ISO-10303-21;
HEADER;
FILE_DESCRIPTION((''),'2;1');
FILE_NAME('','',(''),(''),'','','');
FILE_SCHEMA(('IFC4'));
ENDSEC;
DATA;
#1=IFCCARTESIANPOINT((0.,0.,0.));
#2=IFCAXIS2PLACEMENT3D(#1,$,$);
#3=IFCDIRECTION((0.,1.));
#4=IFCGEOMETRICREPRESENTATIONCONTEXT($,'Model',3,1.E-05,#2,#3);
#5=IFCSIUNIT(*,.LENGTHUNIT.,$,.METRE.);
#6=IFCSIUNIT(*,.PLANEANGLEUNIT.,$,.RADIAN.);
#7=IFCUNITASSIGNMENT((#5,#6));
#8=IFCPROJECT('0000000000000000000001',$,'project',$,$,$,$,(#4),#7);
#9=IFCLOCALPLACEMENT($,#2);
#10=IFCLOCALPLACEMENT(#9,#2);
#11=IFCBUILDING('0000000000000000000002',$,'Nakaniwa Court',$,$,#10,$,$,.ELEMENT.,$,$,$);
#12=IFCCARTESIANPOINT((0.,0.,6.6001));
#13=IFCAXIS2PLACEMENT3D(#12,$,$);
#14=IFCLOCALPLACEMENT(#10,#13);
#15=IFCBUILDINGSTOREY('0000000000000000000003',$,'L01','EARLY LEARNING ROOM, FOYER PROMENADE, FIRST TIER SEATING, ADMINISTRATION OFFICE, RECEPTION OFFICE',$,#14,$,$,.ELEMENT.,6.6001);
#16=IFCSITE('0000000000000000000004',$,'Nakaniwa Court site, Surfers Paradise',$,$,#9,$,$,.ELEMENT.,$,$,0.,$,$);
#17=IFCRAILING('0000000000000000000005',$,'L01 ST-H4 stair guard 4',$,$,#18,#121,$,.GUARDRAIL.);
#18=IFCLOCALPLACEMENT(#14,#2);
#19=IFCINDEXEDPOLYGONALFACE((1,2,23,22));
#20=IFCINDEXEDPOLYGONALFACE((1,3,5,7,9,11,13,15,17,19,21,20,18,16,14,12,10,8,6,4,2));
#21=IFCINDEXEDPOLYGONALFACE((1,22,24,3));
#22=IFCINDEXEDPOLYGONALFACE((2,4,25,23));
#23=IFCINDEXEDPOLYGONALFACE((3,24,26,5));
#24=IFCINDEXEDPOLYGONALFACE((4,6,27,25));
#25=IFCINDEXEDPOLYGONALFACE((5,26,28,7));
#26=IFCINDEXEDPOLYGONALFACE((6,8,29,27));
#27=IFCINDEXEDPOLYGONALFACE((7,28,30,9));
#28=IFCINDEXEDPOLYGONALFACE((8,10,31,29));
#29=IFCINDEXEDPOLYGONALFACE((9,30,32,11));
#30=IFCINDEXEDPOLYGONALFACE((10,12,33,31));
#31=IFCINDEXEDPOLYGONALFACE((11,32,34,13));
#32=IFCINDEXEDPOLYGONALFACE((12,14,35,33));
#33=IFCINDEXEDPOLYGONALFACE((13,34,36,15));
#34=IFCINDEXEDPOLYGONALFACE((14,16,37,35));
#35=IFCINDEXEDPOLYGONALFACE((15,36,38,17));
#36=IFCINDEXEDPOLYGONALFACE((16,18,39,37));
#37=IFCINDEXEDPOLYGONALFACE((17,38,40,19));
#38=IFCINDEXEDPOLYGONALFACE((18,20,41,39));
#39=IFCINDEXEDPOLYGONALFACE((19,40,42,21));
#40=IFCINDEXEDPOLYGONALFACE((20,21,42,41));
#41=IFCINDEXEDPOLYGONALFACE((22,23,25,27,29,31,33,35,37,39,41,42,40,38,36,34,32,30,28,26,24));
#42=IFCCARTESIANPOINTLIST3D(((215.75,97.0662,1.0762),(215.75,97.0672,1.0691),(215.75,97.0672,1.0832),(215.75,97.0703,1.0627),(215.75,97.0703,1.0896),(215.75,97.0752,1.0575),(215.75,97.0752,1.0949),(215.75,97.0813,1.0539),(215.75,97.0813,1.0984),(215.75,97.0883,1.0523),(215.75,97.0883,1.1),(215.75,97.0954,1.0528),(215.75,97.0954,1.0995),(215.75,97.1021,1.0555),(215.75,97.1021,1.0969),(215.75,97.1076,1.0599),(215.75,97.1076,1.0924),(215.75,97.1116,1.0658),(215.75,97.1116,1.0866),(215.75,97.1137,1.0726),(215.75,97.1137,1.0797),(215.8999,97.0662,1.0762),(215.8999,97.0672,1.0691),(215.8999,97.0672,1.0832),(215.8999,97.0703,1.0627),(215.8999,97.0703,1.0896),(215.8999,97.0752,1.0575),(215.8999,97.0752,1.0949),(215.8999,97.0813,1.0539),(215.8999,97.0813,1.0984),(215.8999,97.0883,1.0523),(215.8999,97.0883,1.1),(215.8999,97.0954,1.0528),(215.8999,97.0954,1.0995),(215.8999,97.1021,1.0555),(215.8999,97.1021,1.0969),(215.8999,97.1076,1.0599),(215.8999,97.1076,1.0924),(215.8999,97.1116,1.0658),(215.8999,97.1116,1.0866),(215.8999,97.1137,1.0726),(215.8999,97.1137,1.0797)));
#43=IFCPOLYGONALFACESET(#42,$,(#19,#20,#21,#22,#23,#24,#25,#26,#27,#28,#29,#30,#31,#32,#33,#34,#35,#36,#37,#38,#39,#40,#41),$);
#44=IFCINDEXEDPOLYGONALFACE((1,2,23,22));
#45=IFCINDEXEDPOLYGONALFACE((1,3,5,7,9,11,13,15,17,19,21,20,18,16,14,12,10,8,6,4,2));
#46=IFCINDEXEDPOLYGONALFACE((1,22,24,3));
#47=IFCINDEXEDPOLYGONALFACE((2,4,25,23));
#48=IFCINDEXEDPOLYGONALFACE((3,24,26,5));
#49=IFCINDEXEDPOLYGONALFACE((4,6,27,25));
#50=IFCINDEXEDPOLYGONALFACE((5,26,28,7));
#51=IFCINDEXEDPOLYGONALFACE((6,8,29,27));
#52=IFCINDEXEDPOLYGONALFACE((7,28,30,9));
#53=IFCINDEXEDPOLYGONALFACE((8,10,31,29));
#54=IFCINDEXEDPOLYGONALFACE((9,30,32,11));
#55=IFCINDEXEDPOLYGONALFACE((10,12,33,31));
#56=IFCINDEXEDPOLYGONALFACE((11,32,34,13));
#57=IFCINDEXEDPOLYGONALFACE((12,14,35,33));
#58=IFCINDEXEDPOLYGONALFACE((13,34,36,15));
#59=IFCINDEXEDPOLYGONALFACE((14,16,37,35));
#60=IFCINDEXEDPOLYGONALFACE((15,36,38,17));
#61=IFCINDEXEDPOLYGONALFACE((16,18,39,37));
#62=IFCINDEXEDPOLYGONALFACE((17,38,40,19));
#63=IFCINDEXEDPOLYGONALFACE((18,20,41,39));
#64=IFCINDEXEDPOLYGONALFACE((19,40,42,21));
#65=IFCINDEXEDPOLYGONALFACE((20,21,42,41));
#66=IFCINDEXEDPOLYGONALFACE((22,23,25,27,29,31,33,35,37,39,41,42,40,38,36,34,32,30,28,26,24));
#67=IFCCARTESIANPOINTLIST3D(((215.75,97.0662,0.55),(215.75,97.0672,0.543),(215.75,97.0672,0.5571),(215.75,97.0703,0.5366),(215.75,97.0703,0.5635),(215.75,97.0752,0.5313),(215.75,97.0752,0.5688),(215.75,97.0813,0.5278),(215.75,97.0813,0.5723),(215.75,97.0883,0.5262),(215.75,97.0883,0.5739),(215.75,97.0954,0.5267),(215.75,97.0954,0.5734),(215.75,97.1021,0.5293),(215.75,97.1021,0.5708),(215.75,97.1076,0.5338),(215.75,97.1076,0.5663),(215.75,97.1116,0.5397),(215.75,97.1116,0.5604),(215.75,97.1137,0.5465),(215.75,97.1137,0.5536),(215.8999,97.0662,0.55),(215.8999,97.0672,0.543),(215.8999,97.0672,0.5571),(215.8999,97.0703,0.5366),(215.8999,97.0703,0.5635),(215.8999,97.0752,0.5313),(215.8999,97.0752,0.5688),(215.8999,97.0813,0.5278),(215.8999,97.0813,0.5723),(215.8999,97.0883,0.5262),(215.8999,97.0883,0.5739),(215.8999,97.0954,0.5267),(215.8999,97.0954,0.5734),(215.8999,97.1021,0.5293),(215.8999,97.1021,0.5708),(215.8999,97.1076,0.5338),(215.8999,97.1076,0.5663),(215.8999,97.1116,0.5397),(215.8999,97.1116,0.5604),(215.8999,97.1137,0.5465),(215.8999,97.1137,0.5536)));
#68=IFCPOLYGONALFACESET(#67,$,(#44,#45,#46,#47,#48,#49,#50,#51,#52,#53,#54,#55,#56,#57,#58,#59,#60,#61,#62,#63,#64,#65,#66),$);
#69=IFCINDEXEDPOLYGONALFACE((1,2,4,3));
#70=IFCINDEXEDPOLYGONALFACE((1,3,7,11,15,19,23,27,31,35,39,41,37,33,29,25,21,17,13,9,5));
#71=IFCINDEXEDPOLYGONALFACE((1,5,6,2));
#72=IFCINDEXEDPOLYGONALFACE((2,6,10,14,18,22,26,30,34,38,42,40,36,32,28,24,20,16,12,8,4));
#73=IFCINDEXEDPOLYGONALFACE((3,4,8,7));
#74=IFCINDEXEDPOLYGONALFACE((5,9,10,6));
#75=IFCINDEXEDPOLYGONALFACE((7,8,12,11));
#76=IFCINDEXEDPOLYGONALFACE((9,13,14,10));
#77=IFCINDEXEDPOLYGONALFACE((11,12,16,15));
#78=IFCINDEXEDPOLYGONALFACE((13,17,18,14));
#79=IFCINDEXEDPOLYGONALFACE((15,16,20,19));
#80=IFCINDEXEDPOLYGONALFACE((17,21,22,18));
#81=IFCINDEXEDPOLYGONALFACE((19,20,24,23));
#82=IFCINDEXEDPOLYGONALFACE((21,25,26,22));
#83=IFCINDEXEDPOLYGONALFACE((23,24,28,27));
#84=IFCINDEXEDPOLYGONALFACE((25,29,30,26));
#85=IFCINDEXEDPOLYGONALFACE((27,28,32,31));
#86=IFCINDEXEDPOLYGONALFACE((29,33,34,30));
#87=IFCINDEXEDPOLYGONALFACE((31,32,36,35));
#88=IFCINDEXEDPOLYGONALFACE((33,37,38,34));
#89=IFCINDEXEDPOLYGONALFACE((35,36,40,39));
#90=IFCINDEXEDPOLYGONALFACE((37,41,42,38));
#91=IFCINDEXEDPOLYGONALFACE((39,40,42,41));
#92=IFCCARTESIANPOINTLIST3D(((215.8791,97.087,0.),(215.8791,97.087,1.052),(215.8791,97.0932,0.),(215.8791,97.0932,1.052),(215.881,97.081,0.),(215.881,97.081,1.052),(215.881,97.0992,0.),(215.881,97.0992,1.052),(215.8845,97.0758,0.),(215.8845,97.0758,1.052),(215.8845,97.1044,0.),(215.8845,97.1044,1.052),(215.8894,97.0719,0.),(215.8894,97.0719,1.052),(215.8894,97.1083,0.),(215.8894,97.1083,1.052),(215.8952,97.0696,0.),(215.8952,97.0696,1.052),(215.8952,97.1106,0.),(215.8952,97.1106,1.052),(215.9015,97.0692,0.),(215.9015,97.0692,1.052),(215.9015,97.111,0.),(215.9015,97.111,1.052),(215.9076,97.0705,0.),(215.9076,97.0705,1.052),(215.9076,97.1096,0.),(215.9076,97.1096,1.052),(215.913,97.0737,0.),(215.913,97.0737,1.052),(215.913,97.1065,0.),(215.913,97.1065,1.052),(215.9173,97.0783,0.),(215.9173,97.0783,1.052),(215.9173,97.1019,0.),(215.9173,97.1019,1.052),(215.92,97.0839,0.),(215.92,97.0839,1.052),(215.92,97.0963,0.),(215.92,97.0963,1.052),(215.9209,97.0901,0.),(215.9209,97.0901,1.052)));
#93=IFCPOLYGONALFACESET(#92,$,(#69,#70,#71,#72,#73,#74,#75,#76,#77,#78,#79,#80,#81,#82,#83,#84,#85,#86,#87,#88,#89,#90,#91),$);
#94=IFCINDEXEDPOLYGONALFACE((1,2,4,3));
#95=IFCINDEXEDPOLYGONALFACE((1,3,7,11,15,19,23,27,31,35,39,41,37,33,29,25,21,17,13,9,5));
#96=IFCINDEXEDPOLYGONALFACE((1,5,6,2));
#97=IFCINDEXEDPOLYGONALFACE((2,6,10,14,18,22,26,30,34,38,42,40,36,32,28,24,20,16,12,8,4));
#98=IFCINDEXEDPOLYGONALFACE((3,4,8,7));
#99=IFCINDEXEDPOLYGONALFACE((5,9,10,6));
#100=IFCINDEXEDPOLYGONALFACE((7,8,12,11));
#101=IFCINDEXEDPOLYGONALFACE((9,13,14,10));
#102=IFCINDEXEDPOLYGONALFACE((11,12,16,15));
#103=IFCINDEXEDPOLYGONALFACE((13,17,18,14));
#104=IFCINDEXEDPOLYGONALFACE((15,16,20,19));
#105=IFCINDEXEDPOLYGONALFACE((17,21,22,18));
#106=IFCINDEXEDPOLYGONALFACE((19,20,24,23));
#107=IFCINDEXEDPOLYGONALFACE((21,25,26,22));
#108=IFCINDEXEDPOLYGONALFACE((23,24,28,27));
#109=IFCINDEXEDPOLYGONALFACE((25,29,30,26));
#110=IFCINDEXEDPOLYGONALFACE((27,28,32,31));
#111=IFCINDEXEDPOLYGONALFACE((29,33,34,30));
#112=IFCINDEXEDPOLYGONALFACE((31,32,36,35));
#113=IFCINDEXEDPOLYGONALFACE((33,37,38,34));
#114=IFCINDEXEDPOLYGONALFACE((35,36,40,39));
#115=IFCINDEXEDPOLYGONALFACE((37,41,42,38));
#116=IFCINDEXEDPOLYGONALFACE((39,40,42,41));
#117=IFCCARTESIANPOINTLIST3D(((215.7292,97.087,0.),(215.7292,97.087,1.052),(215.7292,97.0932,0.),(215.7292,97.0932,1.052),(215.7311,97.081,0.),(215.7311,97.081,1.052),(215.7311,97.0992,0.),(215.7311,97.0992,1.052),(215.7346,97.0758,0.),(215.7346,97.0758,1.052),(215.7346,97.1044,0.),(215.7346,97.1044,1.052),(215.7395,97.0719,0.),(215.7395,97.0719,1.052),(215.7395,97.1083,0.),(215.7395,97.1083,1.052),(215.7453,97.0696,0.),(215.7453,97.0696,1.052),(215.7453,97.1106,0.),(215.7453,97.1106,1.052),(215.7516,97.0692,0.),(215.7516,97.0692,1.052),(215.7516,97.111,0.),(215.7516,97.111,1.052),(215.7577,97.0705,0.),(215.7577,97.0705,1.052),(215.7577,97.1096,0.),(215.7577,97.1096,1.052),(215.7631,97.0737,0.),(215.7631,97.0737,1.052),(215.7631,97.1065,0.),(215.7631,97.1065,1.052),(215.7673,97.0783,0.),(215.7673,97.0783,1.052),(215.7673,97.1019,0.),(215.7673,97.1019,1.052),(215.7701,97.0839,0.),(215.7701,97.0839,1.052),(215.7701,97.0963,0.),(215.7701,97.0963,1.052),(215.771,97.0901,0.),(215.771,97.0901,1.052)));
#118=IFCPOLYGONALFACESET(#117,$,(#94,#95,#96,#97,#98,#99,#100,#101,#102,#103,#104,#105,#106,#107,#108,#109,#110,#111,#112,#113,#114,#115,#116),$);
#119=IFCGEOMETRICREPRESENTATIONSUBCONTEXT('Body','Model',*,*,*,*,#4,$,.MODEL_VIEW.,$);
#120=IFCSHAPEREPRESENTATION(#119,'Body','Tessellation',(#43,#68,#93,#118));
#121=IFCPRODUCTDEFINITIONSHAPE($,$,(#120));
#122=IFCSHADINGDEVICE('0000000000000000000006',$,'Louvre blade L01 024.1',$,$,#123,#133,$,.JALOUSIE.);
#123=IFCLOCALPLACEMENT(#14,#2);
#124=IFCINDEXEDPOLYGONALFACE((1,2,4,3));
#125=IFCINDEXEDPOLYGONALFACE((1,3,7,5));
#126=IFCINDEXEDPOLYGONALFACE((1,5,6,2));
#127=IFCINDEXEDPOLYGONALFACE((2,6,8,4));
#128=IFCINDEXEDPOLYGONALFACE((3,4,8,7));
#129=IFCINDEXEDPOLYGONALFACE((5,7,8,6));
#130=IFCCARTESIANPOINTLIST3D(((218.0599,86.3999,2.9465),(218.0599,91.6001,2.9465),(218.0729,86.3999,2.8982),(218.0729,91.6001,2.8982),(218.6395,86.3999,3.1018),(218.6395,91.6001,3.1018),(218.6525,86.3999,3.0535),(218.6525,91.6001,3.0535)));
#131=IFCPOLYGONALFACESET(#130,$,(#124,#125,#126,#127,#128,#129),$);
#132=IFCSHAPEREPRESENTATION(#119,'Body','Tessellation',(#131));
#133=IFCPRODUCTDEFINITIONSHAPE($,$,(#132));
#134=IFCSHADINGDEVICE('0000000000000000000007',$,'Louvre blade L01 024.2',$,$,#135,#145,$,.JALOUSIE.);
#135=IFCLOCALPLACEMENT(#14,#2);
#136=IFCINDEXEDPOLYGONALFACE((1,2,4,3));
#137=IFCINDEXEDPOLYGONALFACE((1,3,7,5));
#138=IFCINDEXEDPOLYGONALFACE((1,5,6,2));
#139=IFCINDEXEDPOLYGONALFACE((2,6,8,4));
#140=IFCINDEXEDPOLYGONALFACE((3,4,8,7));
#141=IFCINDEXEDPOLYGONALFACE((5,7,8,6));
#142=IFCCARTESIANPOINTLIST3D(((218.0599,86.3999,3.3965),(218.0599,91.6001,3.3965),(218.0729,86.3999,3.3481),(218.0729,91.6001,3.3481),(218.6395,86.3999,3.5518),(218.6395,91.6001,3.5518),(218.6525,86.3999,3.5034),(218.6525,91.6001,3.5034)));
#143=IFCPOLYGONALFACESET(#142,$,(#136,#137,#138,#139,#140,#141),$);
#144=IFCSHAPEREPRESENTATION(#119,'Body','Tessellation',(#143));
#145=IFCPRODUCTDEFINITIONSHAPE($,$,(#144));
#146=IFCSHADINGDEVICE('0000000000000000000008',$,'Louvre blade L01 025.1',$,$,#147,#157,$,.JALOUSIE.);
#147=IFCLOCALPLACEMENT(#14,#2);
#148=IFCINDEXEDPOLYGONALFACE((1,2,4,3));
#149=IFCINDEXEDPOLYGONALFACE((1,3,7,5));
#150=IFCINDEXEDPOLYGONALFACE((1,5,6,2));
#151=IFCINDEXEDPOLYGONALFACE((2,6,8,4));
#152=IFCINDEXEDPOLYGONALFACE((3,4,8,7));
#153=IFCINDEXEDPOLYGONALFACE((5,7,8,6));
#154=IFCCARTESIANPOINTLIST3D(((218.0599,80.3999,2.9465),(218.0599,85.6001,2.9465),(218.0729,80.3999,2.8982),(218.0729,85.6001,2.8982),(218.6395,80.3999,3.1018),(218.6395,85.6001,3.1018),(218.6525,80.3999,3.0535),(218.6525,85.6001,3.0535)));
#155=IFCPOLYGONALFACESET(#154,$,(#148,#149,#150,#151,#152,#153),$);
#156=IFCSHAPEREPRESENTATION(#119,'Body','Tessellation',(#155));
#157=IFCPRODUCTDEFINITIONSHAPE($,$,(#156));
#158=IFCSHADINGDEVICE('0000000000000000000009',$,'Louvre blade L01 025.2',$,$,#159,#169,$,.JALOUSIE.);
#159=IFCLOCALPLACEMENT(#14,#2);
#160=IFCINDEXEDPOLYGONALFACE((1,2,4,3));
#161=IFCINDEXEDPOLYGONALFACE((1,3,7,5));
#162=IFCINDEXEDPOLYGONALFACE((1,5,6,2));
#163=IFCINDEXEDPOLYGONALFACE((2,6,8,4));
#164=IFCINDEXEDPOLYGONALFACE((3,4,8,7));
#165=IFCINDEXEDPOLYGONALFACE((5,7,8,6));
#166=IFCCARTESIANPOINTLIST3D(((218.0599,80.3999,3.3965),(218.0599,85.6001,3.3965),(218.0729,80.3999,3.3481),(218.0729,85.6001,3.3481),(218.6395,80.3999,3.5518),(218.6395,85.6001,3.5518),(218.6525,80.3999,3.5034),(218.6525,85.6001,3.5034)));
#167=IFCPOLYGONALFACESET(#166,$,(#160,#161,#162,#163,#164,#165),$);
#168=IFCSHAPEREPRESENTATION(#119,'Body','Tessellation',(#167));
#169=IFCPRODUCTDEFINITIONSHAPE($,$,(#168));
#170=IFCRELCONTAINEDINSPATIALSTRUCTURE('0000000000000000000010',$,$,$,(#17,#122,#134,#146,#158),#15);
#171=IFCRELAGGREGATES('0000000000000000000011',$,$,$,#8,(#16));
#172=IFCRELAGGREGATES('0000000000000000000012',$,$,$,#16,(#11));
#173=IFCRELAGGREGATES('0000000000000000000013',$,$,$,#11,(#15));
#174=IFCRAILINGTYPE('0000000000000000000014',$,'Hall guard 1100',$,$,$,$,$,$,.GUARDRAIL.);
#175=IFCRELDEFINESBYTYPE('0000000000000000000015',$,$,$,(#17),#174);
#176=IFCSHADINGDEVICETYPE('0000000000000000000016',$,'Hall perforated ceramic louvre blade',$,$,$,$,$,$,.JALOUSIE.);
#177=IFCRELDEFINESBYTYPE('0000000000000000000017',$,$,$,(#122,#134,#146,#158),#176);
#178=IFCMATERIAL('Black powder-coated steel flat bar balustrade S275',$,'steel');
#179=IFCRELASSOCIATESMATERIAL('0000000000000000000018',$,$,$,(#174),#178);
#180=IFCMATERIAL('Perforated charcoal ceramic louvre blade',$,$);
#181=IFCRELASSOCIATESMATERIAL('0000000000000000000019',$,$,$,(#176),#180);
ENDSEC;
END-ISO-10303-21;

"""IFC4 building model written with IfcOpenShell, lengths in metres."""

from ifc_helpers import new_model, si_unit, direction, frame, origin, origin_2d, place, context, subcontext, project, spatial, rectangle, circle, extrude, material, material_profile, profile_set, type_object, element, save


model = new_model("IFC4")

# Units and contexts
model_context = context("Model", 3, precision=1e-05, world=origin(), true_north=direction((0.0, 1.0)))
body_context = subcontext(model_context, "Body", "Model", "MODEL_VIEW")
ifc_project = project(units=[si_unit("LENGTHUNIT", "METRE"), si_unit("PLANEANGLEUNIT", "RADIAN")], contexts=[model_context])

# Site, building, storey
site_placement = place(None, origin())
site = spatial("IfcSite", under=ifc_project, at=site_placement, Name="Nakaniwa Court site, Surfers Paradise", CompositionType="ELEMENT", RefElevation=0.0)
building_placement = place(site_placement, origin())
building = spatial("IfcBuilding", under=site, at=building_placement, Name="Nakaniwa Court", CompositionType="ELEMENT")
storey_placement = place(building_placement, frame((0.0, 0.0, 6.6001)))
storey = spatial("IfcBuildingStorey", under=building, at=storey_placement, Name="L01", Description="EARLY LEARNING ROOM, FOYER PROMENADE, FIRST TIER SEATING, ADMINISTRATION OFFICE, RECEPTION OFFICE", CompositionType="ELEMENT", Elevation=6.6001)

# Railing
ifc_material_1 = material(Name="Black powder-coated steel flat bar balustrade S275", Category="steel")
railing_type_1 = type_object("IfcRailingType", Name="Hall guard 1100", PredefinedType="GUARDRAIL", material=ifc_material_1)
railing_1_placement = place(storey_placement, frame((215.8999, 97.0901, 0.0)))
element("IfcRailing", 1, at=railing_1_placement, inside=storey, type_object=railing_type_1, Name="L01 ST-H4 stair guard 4", PredefinedType="GUARDRAIL", context=body_context, shape_type="SweptSolid", body=[
    extrude(circle(Radius=0.0239, at=origin_2d()), frame((0.0, 0.0, 1.0762), z_axis=(-1.0, 0.0, 0.0), x_axis=(0.0, -1.0, 0.0)), (0.0, 0.0, 1.0), 0.1499),
    extrude(circle(Radius=0.0239, at=origin_2d()), frame((0.0, 0.0, 0.55), z_axis=(-1.0, 0.0, 0.0), x_axis=(0.0, -1.0, 0.0)), (0.0, 0.0, 1.0), 0.1499),
    extrude(circle(Radius=0.021, at=origin_2d()), origin(), (0.0, 0.0, 1.0), 1.052),
    extrude(circle(Radius=0.021, at=origin_2d()), frame((-0.1499, 0.0, 0.0)), (0.0, 0.0, 1.0), 1.052),
])

# Shading devices
ifc_material_2 = material(Name="Perforated charcoal ceramic louvre blade")
ifc_material_profile_1 = material_profile(ifc_material_2, rectangle(XDim=0.6001, YDim=0.05, at=origin_2d()), Name="Hall perforated ceramic louvre blade")
ifc_profile_set_1 = profile_set([ifc_material_profile_1], Name="Perforated charcoal ceramic louvre blade")
shading_device_type = type_object("IfcShadingDeviceType", Name="Hall perforated ceramic louvre blade", PredefinedType="JALOUSIE", material=ifc_profile_set_1)
for number, where, z_axis, x_axis, name in (
    (2, (218.3562, 91.6001, 3.0), (0.0, -1.0, 0.0), (0.965926, 0.0, 0.258819), "Louvre blade L01 024.1"),
    (3, (218.3562, 91.6001, 3.45), (0.0, -1.0, 0.0), (0.965926, 0.0, 0.258819), "Louvre blade L01 024.2"),
    (4, (218.3562, 85.6001, 3.0), (0.0, -1.0, 0.0), (0.965926, 0.0, 0.258819), "Louvre blade L01 025.1"),
    (5, (218.3562, 85.6001, 3.45), (0.0, -1.0, 0.0), (0.965926, 0.0, 0.258819), "Louvre blade L01 025.2"),
):
    element("IfcShadingDevice", number, at=place(storey_placement, frame(where, z_axis=z_axis, x_axis=x_axis)), inside=storey, type_object=shading_device_type, Name=name, PredefinedType="JALOUSIE", context=body_context, shape_type="SweptSolid", body=[
        extrude(rectangle(XDim=0.6001, YDim=0.05, at=origin_2d()), origin(), (0.0, 0.0, 1.0), 5.2002),
    ])

save(model, "model.ifc")
